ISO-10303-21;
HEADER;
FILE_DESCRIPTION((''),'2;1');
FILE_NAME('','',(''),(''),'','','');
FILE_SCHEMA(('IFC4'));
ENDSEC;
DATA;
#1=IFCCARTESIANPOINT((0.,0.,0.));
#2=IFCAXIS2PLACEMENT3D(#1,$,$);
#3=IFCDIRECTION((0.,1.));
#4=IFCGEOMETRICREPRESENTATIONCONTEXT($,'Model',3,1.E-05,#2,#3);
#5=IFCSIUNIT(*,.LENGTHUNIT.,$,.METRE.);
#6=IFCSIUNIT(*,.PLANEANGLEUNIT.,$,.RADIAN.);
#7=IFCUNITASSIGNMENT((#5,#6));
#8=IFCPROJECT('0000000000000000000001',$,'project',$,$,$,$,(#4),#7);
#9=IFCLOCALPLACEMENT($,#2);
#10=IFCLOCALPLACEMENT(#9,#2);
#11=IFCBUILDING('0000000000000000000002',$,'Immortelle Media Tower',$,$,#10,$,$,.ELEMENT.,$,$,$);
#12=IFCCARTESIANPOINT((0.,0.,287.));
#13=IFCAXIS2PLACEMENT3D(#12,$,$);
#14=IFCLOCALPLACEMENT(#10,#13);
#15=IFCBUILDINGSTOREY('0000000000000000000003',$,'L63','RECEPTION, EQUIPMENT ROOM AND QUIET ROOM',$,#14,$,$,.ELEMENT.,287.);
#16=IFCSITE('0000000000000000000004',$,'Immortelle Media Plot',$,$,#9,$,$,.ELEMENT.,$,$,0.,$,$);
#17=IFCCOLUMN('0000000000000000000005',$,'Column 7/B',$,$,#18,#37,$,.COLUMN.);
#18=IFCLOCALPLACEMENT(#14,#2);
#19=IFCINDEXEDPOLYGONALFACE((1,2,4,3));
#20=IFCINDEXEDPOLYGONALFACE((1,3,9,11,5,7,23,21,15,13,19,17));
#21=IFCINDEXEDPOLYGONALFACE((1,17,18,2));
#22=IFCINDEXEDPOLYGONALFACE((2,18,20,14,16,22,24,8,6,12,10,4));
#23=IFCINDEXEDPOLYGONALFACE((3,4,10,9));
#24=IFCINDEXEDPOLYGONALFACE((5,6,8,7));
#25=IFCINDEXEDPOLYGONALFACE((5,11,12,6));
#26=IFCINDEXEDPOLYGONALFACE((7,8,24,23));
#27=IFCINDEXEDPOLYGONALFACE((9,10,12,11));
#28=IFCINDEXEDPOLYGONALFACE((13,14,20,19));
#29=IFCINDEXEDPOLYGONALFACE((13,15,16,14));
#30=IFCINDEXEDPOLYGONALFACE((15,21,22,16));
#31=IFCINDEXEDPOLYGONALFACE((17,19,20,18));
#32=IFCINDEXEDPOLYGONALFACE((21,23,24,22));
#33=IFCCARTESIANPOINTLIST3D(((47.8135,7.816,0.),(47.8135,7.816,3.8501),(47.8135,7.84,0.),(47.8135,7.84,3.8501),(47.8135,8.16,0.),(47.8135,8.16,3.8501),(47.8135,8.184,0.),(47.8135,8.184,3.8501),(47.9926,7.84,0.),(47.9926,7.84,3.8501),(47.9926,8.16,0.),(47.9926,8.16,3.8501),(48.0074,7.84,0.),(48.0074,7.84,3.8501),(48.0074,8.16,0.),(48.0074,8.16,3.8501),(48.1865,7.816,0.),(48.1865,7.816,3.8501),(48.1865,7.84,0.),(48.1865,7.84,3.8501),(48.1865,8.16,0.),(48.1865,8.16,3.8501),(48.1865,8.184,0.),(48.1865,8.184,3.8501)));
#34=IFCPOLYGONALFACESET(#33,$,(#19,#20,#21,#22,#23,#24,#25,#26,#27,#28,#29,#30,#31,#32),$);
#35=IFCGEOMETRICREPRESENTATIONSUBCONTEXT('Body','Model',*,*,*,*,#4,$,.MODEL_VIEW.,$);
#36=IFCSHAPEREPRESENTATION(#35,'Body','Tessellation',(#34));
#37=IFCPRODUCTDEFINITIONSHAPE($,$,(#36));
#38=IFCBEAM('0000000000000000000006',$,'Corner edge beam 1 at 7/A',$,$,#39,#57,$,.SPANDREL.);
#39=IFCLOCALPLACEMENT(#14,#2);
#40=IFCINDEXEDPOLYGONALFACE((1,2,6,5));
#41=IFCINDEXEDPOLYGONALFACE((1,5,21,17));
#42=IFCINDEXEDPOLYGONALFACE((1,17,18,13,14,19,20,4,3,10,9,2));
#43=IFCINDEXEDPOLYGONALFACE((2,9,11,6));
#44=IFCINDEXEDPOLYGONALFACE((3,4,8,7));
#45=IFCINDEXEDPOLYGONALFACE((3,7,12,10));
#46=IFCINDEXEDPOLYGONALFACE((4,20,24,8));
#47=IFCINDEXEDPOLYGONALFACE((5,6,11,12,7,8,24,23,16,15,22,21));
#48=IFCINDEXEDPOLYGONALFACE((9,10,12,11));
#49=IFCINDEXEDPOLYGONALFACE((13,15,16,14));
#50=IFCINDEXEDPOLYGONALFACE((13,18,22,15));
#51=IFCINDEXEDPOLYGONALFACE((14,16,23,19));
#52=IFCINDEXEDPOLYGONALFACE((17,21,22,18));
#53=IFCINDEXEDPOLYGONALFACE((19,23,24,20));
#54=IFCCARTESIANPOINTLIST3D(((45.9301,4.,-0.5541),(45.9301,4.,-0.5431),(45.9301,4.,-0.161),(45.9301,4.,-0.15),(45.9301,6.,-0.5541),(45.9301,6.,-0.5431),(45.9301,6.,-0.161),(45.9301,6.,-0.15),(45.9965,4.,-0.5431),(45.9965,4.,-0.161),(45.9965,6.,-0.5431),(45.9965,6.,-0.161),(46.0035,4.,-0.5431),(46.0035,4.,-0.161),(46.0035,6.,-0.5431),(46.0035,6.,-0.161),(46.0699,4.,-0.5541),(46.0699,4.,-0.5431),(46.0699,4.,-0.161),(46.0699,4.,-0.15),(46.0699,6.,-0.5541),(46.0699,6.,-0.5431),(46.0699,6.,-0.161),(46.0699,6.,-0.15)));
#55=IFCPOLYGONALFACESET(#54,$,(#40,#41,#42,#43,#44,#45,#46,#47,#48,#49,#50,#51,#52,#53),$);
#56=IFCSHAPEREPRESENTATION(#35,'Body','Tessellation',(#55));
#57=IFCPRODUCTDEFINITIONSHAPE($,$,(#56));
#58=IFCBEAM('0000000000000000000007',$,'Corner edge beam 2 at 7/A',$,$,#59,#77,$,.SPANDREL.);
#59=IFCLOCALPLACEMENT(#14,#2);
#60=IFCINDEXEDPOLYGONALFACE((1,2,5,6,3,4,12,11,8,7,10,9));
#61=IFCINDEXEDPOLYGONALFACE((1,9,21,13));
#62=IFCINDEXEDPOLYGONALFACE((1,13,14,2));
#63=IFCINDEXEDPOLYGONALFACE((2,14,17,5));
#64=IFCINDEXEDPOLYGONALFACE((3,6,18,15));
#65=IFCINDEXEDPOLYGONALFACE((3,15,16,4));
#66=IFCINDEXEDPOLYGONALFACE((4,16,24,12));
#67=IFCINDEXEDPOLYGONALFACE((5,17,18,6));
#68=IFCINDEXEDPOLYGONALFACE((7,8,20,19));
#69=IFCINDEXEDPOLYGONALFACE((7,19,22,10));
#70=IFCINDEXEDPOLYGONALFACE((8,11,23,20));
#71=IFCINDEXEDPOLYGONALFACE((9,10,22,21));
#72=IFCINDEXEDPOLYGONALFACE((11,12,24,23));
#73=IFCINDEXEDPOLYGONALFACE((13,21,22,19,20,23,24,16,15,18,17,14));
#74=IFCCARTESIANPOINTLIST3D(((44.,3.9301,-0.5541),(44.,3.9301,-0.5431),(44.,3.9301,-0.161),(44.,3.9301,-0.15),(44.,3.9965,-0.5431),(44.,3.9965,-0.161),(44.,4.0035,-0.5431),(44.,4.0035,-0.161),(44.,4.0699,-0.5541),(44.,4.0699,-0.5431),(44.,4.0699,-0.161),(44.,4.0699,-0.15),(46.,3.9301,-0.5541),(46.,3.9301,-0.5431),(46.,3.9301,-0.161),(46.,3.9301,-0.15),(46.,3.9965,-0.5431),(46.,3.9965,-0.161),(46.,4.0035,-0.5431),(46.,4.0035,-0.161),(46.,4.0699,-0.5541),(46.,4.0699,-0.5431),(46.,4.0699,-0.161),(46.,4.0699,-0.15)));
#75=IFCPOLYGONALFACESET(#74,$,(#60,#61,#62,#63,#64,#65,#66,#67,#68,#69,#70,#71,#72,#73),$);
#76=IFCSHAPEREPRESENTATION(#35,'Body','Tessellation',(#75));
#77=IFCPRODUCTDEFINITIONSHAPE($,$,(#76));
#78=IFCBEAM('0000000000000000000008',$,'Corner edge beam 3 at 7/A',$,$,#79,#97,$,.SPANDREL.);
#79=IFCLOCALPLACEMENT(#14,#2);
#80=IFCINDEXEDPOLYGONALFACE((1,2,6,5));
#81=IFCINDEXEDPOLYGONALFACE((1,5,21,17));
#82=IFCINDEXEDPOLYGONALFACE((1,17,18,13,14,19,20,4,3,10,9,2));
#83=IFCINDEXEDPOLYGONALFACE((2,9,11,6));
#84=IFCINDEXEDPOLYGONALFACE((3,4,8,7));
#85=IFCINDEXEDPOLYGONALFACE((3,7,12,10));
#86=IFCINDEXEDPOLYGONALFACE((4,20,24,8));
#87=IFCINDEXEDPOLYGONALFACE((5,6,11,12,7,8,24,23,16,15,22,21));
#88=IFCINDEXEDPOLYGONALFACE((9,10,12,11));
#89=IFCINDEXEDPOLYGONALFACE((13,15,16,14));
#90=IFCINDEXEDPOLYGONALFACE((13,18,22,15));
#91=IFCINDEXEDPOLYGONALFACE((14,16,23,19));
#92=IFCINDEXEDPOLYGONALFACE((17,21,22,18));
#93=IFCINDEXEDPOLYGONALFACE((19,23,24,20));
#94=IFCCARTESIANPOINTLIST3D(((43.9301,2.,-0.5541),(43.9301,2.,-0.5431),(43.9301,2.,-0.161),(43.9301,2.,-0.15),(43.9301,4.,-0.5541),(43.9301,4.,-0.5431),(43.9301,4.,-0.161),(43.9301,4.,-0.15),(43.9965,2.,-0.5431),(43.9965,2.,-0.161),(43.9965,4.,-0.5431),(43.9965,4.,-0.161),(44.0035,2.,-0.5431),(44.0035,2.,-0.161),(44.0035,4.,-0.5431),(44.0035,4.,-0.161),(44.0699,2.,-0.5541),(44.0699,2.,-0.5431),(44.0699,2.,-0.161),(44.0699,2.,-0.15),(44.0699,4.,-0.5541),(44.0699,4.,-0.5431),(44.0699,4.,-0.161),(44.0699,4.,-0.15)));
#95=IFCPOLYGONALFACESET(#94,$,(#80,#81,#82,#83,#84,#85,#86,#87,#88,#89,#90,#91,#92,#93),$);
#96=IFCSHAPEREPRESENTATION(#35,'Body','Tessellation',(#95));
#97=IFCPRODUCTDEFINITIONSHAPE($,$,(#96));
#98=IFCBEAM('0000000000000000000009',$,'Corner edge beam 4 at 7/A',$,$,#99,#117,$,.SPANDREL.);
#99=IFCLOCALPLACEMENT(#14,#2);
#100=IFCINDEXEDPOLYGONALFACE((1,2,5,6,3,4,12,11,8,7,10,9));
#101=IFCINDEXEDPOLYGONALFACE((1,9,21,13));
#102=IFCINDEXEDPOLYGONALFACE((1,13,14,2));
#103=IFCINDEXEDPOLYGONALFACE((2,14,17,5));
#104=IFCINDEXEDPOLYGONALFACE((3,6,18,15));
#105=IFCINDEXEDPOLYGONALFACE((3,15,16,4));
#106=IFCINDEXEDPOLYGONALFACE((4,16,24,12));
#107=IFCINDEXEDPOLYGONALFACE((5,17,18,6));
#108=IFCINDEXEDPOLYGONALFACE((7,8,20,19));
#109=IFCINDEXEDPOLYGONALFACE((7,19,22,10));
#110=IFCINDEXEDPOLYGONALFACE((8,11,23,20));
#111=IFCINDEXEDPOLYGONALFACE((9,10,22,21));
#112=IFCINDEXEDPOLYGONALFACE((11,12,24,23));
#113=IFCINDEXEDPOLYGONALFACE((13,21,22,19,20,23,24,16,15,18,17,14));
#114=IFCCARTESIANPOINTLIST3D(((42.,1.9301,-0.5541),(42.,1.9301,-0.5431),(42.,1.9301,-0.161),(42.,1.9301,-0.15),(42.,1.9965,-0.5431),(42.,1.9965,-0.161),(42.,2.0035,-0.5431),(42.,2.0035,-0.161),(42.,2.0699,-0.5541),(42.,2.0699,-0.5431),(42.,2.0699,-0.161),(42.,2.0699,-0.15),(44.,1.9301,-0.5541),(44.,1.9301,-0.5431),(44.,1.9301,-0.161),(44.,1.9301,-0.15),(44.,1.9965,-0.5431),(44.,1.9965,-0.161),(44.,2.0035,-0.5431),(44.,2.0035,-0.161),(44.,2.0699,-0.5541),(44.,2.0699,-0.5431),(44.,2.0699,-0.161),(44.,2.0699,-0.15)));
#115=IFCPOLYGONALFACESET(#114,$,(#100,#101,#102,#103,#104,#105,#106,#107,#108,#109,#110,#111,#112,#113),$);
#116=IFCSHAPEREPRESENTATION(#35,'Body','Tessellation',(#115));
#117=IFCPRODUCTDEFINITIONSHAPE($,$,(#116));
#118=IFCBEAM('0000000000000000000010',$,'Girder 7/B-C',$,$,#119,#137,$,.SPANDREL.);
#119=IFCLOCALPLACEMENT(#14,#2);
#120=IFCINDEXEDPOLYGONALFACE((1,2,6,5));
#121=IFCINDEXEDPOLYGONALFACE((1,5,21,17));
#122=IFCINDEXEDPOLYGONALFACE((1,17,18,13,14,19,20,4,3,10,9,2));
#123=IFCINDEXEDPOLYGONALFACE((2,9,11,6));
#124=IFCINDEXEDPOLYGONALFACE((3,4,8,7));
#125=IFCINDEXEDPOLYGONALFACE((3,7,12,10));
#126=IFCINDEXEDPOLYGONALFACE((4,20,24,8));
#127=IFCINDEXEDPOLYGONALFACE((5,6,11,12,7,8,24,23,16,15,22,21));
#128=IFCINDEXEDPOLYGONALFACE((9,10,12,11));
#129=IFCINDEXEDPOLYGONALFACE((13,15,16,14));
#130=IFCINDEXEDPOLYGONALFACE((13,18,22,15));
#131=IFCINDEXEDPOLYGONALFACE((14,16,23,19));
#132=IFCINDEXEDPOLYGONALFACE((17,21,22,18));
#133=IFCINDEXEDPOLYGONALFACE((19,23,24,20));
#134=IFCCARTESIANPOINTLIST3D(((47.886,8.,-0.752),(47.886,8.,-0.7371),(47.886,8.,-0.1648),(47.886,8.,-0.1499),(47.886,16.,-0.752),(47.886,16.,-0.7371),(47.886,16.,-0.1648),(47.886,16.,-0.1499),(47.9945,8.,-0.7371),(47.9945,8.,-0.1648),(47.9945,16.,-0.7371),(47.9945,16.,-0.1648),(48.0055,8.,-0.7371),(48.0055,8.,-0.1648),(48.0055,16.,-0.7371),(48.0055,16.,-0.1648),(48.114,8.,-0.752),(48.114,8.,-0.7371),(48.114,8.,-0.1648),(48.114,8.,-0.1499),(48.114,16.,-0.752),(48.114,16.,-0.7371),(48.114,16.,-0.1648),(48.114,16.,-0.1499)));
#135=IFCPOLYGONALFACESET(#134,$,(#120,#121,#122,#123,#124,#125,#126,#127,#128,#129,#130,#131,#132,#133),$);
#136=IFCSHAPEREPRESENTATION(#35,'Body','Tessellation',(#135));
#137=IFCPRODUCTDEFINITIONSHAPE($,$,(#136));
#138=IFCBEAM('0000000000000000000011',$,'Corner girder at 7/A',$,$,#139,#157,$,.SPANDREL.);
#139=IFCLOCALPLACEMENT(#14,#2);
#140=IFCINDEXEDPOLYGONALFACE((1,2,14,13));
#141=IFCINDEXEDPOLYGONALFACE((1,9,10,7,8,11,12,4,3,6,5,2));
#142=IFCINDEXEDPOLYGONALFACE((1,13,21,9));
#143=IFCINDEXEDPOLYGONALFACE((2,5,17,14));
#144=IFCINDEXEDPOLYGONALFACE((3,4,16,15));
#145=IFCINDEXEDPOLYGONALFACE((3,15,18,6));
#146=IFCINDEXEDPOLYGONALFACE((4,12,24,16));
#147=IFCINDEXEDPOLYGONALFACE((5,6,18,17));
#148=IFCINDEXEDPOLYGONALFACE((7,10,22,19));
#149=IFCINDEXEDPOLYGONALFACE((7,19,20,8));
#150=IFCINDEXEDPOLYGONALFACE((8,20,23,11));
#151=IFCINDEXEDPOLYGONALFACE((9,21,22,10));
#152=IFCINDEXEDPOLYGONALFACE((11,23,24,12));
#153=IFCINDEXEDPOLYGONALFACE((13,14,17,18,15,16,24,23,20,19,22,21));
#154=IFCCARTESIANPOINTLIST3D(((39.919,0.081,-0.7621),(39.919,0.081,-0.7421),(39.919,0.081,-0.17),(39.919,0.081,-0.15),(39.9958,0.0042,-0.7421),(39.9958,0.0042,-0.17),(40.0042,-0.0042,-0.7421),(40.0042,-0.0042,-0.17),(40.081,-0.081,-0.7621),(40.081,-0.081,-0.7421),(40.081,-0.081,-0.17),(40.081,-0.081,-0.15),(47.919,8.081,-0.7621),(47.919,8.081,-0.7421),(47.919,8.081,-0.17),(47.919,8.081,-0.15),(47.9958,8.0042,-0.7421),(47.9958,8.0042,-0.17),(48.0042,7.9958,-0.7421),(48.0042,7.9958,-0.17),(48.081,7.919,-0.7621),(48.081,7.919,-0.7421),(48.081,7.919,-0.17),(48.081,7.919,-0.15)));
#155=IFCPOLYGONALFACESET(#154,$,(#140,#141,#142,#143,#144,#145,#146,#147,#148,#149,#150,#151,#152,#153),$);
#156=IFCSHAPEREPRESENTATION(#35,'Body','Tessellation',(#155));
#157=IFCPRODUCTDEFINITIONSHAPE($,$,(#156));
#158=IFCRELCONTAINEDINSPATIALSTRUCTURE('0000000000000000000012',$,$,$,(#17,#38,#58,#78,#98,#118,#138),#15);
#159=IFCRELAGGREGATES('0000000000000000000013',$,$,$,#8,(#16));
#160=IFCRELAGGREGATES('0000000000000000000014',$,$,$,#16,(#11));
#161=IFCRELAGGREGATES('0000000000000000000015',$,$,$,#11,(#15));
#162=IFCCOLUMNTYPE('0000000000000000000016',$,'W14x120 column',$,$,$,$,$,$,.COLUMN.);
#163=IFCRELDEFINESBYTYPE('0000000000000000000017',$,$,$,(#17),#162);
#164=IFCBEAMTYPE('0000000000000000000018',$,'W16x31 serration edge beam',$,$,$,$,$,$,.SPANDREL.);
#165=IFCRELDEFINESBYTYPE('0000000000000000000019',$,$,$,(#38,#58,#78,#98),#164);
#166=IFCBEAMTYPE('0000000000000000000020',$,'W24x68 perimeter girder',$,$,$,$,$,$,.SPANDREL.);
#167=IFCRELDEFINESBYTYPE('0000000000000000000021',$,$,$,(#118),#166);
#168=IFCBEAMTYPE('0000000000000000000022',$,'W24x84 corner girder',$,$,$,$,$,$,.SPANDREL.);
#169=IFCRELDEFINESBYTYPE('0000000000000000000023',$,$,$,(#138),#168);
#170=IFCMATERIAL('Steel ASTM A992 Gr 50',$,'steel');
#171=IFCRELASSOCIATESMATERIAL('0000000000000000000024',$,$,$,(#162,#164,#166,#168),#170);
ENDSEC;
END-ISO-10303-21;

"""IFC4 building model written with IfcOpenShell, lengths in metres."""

from ifc_helpers import new_model, si_unit, direction, frame, origin, origin_2d, place, context, subcontext, project, spatial, i_section, extrude, material, material_profile, profile_set, type_object, element, save


model = new_model("IFC4")

# Units and contexts
model_context = context("Model", 3, precision=1e-05, world=origin(), true_north=direction((0.0, 1.0)))
body_context = subcontext(model_context, "Body", "Model", "MODEL_VIEW")
ifc_project = project(units=[si_unit("LENGTHUNIT", "METRE"), si_unit("PLANEANGLEUNIT", "RADIAN")], contexts=[model_context])

# Site, building, storey
site_placement = place(None, origin())
site = spatial("IfcSite", under=ifc_project, at=site_placement, Name="Immortelle Media Plot", CompositionType="ELEMENT", RefElevation=0.0)
building_placement = place(site_placement, origin())
building = spatial("IfcBuilding", under=site, at=building_placement, Name="Immortelle Media Tower", CompositionType="ELEMENT")
storey_placement = place(building_placement, frame((0.0, 0.0, 287.0)))
storey = spatial("IfcBuildingStorey", under=building, at=storey_placement, Name="L63", Description="RECEPTION, EQUIPMENT ROOM AND QUIET ROOM", CompositionType="ELEMENT", Elevation=287.0)

# Column
ifc_material_1 = material(Name="Steel ASTM A992 Gr 50", Category="steel")
ifc_material_profile_1 = material_profile(ifc_material_1, i_section(OverallWidth=0.373, OverallDepth=0.3679, WebThickness=0.0149, FlangeThickness=0.0239, at=origin_2d()), Name="W14x120")
ifc_profile_set_1 = profile_set([ifc_material_profile_1], Name="Steel ASTM A992 Gr 50")
column_type = type_object("IfcColumnType", Name="W14x120 column", PredefinedType="COLUMN", material=ifc_profile_set_1)
column_placement = place(storey_placement, frame((48.0, 8.0, 0.0), z_axis=(0.0, 0.0, 1.0), x_axis=(1.0, 0.0, 0.0)))
element("IfcColumn", 1, at=column_placement, inside=storey, type_object=column_type, Name="Column 7/B", PredefinedType="COLUMN", context=body_context, shape_type="SweptSolid", body=[
    extrude(i_section(OverallWidth=0.373, OverallDepth=0.3679, WebThickness=0.0149, FlangeThickness=0.0239, at=origin_2d()), origin(), (0.0, 0.0, 1.0), 3.8501),
])

# Beams
ifc_material_profile_2 = material_profile(ifc_material_1, i_section(OverallWidth=0.1399, OverallDepth=0.4041, WebThickness=0.0071, FlangeThickness=0.011, at=origin_2d()), Name="W16x31")
ifc_profile_set_2 = profile_set([ifc_material_profile_2], Name="Steel ASTM A992 Gr 50")
beam_type_1 = type_object("IfcBeamType", Name="W16x31 serration edge beam", PredefinedType="SPANDREL", material=ifc_profile_set_2)
for number, where, z_axis, x_axis, name in (
    (2, (46.0, 6.0, -0.3521), (0.0, -1.0, 0.0), (1.0, 0.0, 0.0), "Corner edge beam 1 at 7/A"),
    (3, (46.0, 4.0, -0.3521), (-1.0, 0.0, 0.0), (0.0, -1.0, 0.0), "Corner edge beam 2 at 7/A"),
    (4, (44.0, 4.0, -0.3521), (0.0, -1.0, 0.0), (1.0, 0.0, 0.0), "Corner edge beam 3 at 7/A"),
    (5, (44.0, 2.0, -0.3521), (-1.0, 0.0, 0.0), (0.0, -1.0, 0.0), "Corner edge beam 4 at 7/A"),
):
    element("IfcBeam", number, at=place(storey_placement, frame(where, z_axis=z_axis, x_axis=x_axis)), inside=storey, type_object=beam_type_1, Name=name, PredefinedType="SPANDREL", context=body_context, shape_type="SweptSolid", body=[
        extrude(i_section(OverallWidth=0.1399, OverallDepth=0.4041, WebThickness=0.0071, FlangeThickness=0.011, at=origin_2d()), origin(), (0.0, 0.0, 1.0), 2.0),
    ])
ifc_material_profile_3 = material_profile(ifc_material_1, i_section(OverallWidth=0.228, OverallDepth=0.6021, WebThickness=0.011, FlangeThickness=0.0149, at=origin_2d()), Name="W24x68")
ifc_profile_set_3 = profile_set([ifc_material_profile_3], Name="Steel ASTM A992 Gr 50")
beam_type_2 = type_object("IfcBeamType", Name="W24x68 perimeter girder", PredefinedType="SPANDREL", material=ifc_profile_set_3)
beam_1_placement = place(storey_placement, frame((48.0, 8.0, -0.4509), z_axis=(0.0, 1.0, 0.0), x_axis=(-1.0, 0.0, 0.0)))
element("IfcBeam", 6, at=beam_1_placement, inside=storey, type_object=beam_type_2, Name="Girder 7/B-C", PredefinedType="SPANDREL", context=body_context, shape_type="SweptSolid", body=[
    extrude(i_section(OverallWidth=0.228, OverallDepth=0.6021, WebThickness=0.011, FlangeThickness=0.0149, at=origin_2d()), origin(), (0.0, 0.0, 1.0), 8.0),
])
ifc_material_profile_4 = material_profile(ifc_material_1, i_section(OverallWidth=0.229, OverallDepth=0.6121, WebThickness=0.012, FlangeThickness=0.02, at=origin_2d()), Name="W24x84")
ifc_profile_set_4 = profile_set([ifc_material_profile_4], Name="Steel ASTM A992 Gr 50")
beam_type_3 = type_object("IfcBeamType", Name="W24x84 corner girder", PredefinedType="SPANDREL", material=ifc_profile_set_4)
beam_2_placement = place(storey_placement, frame((48.0, 8.0, -0.4561), z_axis=(-0.707107, -0.707107, 0.0), x_axis=(0.707107, -0.707107, 0.0)))
element("IfcBeam", 7, at=beam_2_placement, inside=storey, type_object=beam_type_3, Name="Corner girder at 7/A", PredefinedType="SPANDREL", context=body_context, shape_type="SweptSolid", body=[
    extrude(i_section(OverallWidth=0.229, OverallDepth=0.6121, WebThickness=0.012, FlangeThickness=0.02, at=origin_2d()), origin(), (0.0, 0.0, 1.0), 11.3137),
])

save(model, "model.ifc")
